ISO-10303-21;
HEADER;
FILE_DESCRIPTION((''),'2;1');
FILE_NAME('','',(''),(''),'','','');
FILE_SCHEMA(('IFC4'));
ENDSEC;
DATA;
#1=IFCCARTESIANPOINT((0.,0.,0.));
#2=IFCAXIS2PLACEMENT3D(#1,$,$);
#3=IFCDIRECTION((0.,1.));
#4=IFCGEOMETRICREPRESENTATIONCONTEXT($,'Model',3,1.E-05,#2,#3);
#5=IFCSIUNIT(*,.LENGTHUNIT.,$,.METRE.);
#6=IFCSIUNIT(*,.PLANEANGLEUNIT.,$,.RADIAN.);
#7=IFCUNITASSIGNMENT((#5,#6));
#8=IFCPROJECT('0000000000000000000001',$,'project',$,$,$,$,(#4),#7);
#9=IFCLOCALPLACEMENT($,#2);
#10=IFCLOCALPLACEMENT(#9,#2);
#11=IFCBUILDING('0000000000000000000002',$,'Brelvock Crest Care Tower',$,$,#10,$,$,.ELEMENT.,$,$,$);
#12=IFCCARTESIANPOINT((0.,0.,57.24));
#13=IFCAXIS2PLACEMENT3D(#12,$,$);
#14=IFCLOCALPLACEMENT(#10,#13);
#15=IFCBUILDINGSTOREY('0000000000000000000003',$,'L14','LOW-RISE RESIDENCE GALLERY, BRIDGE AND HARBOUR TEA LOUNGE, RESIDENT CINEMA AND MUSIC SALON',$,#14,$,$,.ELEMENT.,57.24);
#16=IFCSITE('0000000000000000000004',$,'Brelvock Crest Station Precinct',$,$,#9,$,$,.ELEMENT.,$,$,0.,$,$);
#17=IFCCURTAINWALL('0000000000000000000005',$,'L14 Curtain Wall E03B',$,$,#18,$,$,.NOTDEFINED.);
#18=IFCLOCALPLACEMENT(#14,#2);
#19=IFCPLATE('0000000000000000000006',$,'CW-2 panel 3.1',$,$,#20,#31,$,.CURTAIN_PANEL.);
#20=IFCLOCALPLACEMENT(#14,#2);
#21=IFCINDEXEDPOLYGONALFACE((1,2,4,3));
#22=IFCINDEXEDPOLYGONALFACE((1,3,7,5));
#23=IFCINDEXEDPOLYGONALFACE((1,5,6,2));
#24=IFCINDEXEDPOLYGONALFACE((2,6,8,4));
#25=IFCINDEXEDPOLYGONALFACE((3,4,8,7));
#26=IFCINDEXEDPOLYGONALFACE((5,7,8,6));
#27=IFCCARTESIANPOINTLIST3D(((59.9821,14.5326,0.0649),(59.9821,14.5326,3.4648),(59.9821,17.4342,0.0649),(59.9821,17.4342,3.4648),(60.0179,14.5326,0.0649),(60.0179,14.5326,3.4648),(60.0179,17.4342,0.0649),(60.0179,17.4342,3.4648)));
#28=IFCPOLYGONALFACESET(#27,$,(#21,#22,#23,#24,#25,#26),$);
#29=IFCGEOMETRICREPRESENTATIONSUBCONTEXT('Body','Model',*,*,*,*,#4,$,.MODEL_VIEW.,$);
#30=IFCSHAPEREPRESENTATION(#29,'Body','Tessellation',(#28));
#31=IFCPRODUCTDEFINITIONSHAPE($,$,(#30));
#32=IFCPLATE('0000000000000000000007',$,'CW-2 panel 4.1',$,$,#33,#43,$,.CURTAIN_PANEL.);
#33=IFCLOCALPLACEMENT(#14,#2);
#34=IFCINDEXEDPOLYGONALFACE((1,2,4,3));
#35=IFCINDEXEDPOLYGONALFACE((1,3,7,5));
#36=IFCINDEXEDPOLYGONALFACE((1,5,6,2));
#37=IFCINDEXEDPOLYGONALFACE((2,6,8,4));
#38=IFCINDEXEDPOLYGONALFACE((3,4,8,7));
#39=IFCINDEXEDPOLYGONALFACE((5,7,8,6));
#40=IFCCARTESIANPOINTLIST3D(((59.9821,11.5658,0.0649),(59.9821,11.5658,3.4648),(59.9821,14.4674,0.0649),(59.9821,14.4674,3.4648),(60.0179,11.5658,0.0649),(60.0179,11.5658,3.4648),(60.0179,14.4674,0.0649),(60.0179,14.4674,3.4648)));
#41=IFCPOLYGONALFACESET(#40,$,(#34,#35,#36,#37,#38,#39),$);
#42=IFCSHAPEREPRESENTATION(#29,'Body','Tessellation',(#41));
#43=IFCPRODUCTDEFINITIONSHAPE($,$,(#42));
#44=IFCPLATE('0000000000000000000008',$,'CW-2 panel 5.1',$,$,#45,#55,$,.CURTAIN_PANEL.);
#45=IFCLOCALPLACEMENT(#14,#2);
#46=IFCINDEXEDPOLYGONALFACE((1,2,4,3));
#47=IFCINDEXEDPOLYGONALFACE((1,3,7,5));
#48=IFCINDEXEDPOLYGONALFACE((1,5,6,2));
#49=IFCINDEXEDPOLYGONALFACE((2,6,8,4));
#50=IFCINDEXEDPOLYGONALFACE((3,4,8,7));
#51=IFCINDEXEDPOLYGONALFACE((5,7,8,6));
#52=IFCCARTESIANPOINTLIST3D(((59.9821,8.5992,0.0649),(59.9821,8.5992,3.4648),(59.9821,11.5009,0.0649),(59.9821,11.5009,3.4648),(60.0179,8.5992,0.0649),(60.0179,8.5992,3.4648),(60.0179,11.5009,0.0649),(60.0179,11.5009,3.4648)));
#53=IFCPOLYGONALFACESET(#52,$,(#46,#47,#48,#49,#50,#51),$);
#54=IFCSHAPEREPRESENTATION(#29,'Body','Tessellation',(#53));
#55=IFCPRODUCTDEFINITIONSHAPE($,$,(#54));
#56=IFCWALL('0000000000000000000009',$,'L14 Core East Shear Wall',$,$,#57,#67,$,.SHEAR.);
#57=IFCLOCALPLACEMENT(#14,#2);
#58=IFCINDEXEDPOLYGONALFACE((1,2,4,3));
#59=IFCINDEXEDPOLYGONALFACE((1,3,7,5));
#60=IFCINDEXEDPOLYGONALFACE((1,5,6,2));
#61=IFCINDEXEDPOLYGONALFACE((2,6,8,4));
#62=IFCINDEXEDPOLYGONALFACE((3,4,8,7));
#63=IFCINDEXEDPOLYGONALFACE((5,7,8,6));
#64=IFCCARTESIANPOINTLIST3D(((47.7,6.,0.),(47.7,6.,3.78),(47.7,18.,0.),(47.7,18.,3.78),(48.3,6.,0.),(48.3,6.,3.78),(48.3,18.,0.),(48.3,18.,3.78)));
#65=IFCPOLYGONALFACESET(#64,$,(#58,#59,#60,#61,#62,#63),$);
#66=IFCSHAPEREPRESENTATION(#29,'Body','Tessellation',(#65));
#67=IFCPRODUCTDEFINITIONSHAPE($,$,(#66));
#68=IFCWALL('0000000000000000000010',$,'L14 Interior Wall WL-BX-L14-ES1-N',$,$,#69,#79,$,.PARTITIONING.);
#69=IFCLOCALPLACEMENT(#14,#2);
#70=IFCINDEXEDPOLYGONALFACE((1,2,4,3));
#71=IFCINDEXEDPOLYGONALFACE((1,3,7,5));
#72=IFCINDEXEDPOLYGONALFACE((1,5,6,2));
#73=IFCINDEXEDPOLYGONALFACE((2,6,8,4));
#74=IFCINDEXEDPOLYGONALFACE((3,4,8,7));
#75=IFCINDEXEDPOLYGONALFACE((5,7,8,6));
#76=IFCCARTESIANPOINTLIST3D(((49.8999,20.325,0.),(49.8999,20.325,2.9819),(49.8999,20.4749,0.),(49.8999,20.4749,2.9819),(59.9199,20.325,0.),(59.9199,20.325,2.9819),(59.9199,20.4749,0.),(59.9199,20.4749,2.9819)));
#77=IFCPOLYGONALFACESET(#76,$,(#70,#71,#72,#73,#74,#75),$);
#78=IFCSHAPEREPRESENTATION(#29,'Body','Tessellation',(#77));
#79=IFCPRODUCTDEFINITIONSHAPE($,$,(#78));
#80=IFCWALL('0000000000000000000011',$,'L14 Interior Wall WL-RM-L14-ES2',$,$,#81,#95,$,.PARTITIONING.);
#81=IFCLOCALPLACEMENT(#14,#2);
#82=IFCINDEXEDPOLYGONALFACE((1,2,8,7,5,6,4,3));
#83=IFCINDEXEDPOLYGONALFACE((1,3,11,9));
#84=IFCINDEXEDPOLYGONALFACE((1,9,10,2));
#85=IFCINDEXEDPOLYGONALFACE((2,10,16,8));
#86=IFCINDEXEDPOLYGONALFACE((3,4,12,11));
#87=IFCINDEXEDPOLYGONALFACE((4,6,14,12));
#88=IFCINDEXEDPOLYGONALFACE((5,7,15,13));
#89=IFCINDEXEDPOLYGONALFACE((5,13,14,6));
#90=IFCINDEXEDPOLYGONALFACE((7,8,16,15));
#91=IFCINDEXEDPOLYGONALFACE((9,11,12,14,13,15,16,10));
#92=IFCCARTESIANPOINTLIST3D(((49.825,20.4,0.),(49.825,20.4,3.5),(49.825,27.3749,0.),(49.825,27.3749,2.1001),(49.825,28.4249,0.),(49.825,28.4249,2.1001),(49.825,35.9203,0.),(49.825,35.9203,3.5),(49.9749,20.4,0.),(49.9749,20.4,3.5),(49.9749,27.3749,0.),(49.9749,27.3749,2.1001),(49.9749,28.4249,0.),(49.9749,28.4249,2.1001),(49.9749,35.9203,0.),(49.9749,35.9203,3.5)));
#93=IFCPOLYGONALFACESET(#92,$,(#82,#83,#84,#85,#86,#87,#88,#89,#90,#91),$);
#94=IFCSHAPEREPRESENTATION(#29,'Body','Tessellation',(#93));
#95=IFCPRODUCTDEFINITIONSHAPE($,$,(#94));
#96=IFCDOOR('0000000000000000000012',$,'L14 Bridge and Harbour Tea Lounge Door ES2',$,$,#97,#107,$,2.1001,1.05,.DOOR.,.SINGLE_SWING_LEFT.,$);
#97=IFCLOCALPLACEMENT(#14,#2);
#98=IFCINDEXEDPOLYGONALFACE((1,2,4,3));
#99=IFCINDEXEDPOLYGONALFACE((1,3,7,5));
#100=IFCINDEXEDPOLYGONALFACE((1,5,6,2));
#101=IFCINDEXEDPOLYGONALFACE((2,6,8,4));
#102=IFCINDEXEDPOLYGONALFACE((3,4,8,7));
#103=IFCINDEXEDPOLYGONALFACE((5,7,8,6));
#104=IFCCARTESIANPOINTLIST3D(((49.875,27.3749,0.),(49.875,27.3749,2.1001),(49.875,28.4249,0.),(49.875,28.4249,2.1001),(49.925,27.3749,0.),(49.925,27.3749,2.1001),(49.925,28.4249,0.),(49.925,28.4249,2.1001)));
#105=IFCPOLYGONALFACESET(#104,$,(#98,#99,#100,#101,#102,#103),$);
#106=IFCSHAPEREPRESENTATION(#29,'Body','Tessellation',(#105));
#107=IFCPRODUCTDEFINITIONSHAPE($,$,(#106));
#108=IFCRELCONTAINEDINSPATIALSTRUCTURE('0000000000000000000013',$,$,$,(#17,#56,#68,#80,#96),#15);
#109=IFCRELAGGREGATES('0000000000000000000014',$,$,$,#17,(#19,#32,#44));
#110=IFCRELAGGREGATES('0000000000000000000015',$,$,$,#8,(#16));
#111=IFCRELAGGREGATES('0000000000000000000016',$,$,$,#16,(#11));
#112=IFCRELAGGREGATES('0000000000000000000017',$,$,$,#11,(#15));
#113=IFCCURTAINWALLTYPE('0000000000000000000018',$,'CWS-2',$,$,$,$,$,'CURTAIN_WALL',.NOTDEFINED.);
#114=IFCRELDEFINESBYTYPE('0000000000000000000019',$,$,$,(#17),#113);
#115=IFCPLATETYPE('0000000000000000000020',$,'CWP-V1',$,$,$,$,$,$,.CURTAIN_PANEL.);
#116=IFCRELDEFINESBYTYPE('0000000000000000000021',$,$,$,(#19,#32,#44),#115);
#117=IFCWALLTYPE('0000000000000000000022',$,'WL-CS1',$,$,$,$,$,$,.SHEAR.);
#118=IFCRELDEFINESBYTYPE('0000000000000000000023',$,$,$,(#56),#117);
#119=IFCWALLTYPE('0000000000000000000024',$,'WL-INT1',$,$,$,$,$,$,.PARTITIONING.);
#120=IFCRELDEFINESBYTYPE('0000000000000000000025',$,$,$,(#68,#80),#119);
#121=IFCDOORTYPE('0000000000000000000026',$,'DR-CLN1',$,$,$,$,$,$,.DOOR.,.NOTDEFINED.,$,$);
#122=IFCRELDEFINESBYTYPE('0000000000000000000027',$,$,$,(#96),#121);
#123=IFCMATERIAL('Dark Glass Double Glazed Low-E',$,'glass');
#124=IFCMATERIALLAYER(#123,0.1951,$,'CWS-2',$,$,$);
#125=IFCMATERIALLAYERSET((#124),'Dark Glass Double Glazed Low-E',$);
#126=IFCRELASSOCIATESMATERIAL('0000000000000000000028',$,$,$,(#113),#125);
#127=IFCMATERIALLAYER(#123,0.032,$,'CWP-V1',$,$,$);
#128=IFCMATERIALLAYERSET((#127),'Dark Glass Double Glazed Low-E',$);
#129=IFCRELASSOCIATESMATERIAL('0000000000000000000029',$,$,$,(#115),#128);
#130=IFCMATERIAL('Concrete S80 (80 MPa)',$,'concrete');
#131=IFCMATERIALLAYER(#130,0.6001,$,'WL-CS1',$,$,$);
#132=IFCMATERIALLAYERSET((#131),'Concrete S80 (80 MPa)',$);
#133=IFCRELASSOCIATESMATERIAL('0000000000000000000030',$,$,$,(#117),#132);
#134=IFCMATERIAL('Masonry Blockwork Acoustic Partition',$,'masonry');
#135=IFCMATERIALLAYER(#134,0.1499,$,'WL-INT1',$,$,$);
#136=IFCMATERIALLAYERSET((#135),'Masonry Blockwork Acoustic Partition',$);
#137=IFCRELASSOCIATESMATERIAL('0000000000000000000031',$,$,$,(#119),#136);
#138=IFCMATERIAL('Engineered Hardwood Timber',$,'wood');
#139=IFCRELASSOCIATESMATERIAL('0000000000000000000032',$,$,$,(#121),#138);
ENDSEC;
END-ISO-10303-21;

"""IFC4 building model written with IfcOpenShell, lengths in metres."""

from ifc_helpers import new_model, si_unit, direction, frame, frame_2d, origin, origin_2d, place, context, subcontext, project, spatial, rectangle, extrude, source, transform, mapped, material, layer, layer_set, type_object, element, fill, aggregate, save


model = new_model("IFC4")

# Units and contexts
model_context = context("Model", 3, precision=1e-05, world=origin(), true_north=direction((0.0, 1.0)))
body_context = subcontext(model_context, "Body", "Model", "MODEL_VIEW")
ifc_project = project(units=[si_unit("LENGTHUNIT", "METRE"), si_unit("PLANEANGLEUNIT", "RADIAN")], contexts=[model_context])

# Site, building, storey
site_placement = place(None, origin())
site = spatial("IfcSite", under=ifc_project, at=site_placement, Name="Brelvock Crest Station Precinct", CompositionType="ELEMENT", RefElevation=0.0)
building_placement = place(site_placement, origin())
building = spatial("IfcBuilding", under=site, at=building_placement, Name="Brelvock Crest Care Tower", CompositionType="ELEMENT")
storey_placement = place(building_placement, frame((0.0, 0.0, 57.24)))
storey = spatial("IfcBuildingStorey", under=building, at=storey_placement, Name="L14", Description="LOW-RISE RESIDENCE GALLERY, BRIDGE AND HARBOUR TEA LOUNGE, RESIDENT CINEMA AND MUSIC SALON", CompositionType="ELEMENT", Elevation=57.24)

# Shared definitions
ifc_material_1 = material(Name="Concrete S80 (80 MPa)", Category="concrete")

# Curtain wall, plates
ifc_material_2 = material(Name="Dark Glass Double Glazed Low-E", Category="glass")
ifc_layer_1 = layer(ifc_material_2, 0.1951, Name="CWS-2")
ifc_layer_set_1 = layer_set([ifc_layer_1], Name="Dark Glass Double Glazed Low-E")
curtain_wall_type = type_object("IfcCurtainWallType", Name="CWS-2", ElementType="CURTAIN_WALL", PredefinedType="NOTDEFINED", material=ifc_layer_set_1)
curtain_wall_placement = place(storey_placement, origin())
curtain_wall = element("IfcCurtainWall", 1, at=curtain_wall_placement, inside=storey, type_object=curtain_wall_type, Name="L14 Curtain Wall E03B", PredefinedType="NOTDEFINED")
ifc_layer_2 = layer(ifc_material_2, 0.032, Name="CWP-V1")
ifc_layer_set_2 = layer_set([ifc_layer_2], Name="Dark Glass Double Glazed Low-E")
plate_type = type_object("IfcPlateType", Name="CWP-V1", PredefinedType="CURTAIN_PANEL", material=ifc_layer_set_2)
shared_shape_1 = source(origin(), body_context, "Body", "SweptSolid", [
    extrude(rectangle(XDim=2.9016, YDim=0.0359, at=origin_2d()), origin(), (0.0, 0.0, 1.0), 3.3999),
])
plate_1_placement = place(storey_placement, frame((60.0, 15.9834, 0.0649), z_axis=(0.0, 0.0, 1.0), x_axis=(0.0, -1.0, 0.0)))
plate_1 = element("IfcPlate", 2, at=plate_1_placement, type_object=plate_type, Name="CW-2 panel 3.1", PredefinedType="CURTAIN_PANEL", context=body_context, shape_type="MappedRepresentation", body=[
    mapped(shared_shape_1, transform((0.0, 0.0, 0.0), x_axis=(1.0, 0.0, 0.0), y_axis=(0.0, 1.0, 0.0), z_axis=(0.0, 0.0, 1.0), scale=1.0)),
])
plate_2_placement = place(storey_placement, frame((60.0, 13.0166, 0.0649), z_axis=(0.0, 0.0, 1.0), x_axis=(0.0, -1.0, 0.0)))
plate_2 = element("IfcPlate", 3, at=plate_2_placement, type_object=plate_type, Name="CW-2 panel 4.1", PredefinedType="CURTAIN_PANEL", context=body_context, shape_type="MappedRepresentation", body=[
    mapped(shared_shape_1, transform((0.0, 0.0, 0.0), x_axis=(1.0, 0.0, 0.0), y_axis=(0.0, 1.0, 0.0), z_axis=(0.0, 0.0, 1.0), scale=1.0)),
])
plate_3_placement = place(storey_placement, frame((60.0, 10.05, 0.0649), z_axis=(0.0, 0.0, 1.0), x_axis=(0.0, -1.0, 0.0)))
plate_3 = element("IfcPlate", 4, at=plate_3_placement, type_object=plate_type, Name="CW-2 panel 5.1", PredefinedType="CURTAIN_PANEL", context=body_context, shape_type="MappedRepresentation", body=[
    mapped(shared_shape_1, transform((0.0, 0.0, 0.0), x_axis=(1.0, 0.0, 0.0), y_axis=(0.0, 1.0, 0.0), z_axis=(0.0, 0.0, 1.0), scale=1.0)),
])
aggregate(curtain_wall, [plate_1, plate_2, plate_3])

# Walls
ifc_layer_3 = layer(ifc_material_1, 0.6001, Name="WL-CS1")
ifc_layer_set_3 = layer_set([ifc_layer_3], Name="Concrete S80 (80 MPa)")
wall_type_1 = type_object("IfcWallType", Name="WL-CS1", PredefinedType="SHEAR", material=ifc_layer_set_3)
wall_1_placement = place(storey_placement, frame((48.0, 18.0, 0.0), z_axis=(0.0, 0.0, 1.0), x_axis=(0.0, -1.0, 0.0)))
element("IfcWall", 5, at=wall_1_placement, inside=storey, type_object=wall_type_1, Name="L14 Core East Shear Wall", PredefinedType="SHEAR", context=body_context, shape_type="SweptSolid", body=[
    extrude(rectangle(XDim=12.0, YDim=0.6001, at=frame_2d((6.0, 0.0))), origin(), (0.0, 0.0, 1.0), 3.78),
])
ifc_material_3 = material(Name="Masonry Blockwork Acoustic Partition", Category="masonry")
ifc_layer_4 = layer(ifc_material_3, 0.1499, Name="WL-INT1")
ifc_layer_set_4 = layer_set([ifc_layer_4], Name="Masonry Blockwork Acoustic Partition")
wall_type_2 = type_object("IfcWallType", Name="WL-INT1", PredefinedType="PARTITIONING", material=ifc_layer_set_4)
wall_2_placement = place(storey_placement, frame((49.8999, 20.3999, 0.0), z_axis=(0.0, 0.0, 1.0), x_axis=(1.0, 0.0, 0.0)))
element("IfcWall", 6, at=wall_2_placement, inside=storey, type_object=wall_type_2, Name="L14 Interior Wall WL-BX-L14-ES1-N", PredefinedType="PARTITIONING", context=body_context, shape_type="SweptSolid", body=[
    extrude(rectangle(XDim=10.02, YDim=0.1499, at=frame_2d((5.01, 0.0))), origin(), (0.0, 0.0, 1.0), 2.9819),
])

# Wall, opening, door
wall_3_placement = place(storey_placement, frame((49.8999, 20.3999, 0.0), z_axis=(0.0, 0.0, 1.0), x_axis=(0.0, 1.0, 0.0)))
wall_3 = element("IfcWall", 7, at=wall_3_placement, inside=storey, type_object=wall_type_2, Name="L14 Interior Wall WL-RM-L14-ES2", PredefinedType="PARTITIONING", context=body_context, shape_type="SweptSolid", body=[
    extrude(rectangle(XDim=15.5203, YDim=0.1499, at=frame_2d((7.7603, 0.0))), origin(), (0.0, 0.0, 1.0), 3.5),
])
opening_placement = place(wall_3_placement, frame((6.9751, 0.0, 0.0)))
opening = element("IfcOpeningElement", 8, at=opening_placement, cuts=wall_3, PredefinedType="OPENING", context=body_context, shape_type="SweptSolid", body=[
    extrude(rectangle(XDim=1.05, YDim=2.1001, at=origin_2d()), frame((0.5249, 0.085, 1.05), z_axis=(0.0, -1.0, 0.0), x_axis=(1.0, 0.0, 0.0)), (0.0, 0.0, 1.0), 0.1699),
])
ifc_material_4 = material(Name="Engineered Hardwood Timber", Category="wood")
door_type = type_object("IfcDoorType", Name="DR-CLN1", OperationType="NOTDEFINED", PredefinedType="DOOR", material=ifc_material_4)
shared_shape_2 = source(origin(), body_context, "Body", "SweptSolid", [
    extrude(rectangle(XDim=1.05, YDim=2.1001, at=origin_2d()), frame((0.5249, 0.0249, 1.05), z_axis=(0.0, -1.0, 0.0), x_axis=(1.0, 0.0, 0.0)), (0.0, 0.0, 1.0), 0.05),
])
door_placement = place(opening_placement, origin())
door = element("IfcDoor", 9, at=door_placement, inside=storey, type_object=door_type, Name="L14 Bridge and Harbour Tea Lounge Door ES2", OperationType="SINGLE_SWING_LEFT", OverallHeight=2.1001, OverallWidth=1.05, PredefinedType="DOOR", context=body_context, shape_type="MappedRepresentation", body=[
    mapped(shared_shape_2, transform((0.0, 0.0, 0.0), x_axis=(1.0, 0.0, 0.0), y_axis=(0.0, 1.0, 0.0), z_axis=(0.0, 0.0, 1.0), scale=1.0)),
])
fill(opening, door)

save(model, "model.ifc")
